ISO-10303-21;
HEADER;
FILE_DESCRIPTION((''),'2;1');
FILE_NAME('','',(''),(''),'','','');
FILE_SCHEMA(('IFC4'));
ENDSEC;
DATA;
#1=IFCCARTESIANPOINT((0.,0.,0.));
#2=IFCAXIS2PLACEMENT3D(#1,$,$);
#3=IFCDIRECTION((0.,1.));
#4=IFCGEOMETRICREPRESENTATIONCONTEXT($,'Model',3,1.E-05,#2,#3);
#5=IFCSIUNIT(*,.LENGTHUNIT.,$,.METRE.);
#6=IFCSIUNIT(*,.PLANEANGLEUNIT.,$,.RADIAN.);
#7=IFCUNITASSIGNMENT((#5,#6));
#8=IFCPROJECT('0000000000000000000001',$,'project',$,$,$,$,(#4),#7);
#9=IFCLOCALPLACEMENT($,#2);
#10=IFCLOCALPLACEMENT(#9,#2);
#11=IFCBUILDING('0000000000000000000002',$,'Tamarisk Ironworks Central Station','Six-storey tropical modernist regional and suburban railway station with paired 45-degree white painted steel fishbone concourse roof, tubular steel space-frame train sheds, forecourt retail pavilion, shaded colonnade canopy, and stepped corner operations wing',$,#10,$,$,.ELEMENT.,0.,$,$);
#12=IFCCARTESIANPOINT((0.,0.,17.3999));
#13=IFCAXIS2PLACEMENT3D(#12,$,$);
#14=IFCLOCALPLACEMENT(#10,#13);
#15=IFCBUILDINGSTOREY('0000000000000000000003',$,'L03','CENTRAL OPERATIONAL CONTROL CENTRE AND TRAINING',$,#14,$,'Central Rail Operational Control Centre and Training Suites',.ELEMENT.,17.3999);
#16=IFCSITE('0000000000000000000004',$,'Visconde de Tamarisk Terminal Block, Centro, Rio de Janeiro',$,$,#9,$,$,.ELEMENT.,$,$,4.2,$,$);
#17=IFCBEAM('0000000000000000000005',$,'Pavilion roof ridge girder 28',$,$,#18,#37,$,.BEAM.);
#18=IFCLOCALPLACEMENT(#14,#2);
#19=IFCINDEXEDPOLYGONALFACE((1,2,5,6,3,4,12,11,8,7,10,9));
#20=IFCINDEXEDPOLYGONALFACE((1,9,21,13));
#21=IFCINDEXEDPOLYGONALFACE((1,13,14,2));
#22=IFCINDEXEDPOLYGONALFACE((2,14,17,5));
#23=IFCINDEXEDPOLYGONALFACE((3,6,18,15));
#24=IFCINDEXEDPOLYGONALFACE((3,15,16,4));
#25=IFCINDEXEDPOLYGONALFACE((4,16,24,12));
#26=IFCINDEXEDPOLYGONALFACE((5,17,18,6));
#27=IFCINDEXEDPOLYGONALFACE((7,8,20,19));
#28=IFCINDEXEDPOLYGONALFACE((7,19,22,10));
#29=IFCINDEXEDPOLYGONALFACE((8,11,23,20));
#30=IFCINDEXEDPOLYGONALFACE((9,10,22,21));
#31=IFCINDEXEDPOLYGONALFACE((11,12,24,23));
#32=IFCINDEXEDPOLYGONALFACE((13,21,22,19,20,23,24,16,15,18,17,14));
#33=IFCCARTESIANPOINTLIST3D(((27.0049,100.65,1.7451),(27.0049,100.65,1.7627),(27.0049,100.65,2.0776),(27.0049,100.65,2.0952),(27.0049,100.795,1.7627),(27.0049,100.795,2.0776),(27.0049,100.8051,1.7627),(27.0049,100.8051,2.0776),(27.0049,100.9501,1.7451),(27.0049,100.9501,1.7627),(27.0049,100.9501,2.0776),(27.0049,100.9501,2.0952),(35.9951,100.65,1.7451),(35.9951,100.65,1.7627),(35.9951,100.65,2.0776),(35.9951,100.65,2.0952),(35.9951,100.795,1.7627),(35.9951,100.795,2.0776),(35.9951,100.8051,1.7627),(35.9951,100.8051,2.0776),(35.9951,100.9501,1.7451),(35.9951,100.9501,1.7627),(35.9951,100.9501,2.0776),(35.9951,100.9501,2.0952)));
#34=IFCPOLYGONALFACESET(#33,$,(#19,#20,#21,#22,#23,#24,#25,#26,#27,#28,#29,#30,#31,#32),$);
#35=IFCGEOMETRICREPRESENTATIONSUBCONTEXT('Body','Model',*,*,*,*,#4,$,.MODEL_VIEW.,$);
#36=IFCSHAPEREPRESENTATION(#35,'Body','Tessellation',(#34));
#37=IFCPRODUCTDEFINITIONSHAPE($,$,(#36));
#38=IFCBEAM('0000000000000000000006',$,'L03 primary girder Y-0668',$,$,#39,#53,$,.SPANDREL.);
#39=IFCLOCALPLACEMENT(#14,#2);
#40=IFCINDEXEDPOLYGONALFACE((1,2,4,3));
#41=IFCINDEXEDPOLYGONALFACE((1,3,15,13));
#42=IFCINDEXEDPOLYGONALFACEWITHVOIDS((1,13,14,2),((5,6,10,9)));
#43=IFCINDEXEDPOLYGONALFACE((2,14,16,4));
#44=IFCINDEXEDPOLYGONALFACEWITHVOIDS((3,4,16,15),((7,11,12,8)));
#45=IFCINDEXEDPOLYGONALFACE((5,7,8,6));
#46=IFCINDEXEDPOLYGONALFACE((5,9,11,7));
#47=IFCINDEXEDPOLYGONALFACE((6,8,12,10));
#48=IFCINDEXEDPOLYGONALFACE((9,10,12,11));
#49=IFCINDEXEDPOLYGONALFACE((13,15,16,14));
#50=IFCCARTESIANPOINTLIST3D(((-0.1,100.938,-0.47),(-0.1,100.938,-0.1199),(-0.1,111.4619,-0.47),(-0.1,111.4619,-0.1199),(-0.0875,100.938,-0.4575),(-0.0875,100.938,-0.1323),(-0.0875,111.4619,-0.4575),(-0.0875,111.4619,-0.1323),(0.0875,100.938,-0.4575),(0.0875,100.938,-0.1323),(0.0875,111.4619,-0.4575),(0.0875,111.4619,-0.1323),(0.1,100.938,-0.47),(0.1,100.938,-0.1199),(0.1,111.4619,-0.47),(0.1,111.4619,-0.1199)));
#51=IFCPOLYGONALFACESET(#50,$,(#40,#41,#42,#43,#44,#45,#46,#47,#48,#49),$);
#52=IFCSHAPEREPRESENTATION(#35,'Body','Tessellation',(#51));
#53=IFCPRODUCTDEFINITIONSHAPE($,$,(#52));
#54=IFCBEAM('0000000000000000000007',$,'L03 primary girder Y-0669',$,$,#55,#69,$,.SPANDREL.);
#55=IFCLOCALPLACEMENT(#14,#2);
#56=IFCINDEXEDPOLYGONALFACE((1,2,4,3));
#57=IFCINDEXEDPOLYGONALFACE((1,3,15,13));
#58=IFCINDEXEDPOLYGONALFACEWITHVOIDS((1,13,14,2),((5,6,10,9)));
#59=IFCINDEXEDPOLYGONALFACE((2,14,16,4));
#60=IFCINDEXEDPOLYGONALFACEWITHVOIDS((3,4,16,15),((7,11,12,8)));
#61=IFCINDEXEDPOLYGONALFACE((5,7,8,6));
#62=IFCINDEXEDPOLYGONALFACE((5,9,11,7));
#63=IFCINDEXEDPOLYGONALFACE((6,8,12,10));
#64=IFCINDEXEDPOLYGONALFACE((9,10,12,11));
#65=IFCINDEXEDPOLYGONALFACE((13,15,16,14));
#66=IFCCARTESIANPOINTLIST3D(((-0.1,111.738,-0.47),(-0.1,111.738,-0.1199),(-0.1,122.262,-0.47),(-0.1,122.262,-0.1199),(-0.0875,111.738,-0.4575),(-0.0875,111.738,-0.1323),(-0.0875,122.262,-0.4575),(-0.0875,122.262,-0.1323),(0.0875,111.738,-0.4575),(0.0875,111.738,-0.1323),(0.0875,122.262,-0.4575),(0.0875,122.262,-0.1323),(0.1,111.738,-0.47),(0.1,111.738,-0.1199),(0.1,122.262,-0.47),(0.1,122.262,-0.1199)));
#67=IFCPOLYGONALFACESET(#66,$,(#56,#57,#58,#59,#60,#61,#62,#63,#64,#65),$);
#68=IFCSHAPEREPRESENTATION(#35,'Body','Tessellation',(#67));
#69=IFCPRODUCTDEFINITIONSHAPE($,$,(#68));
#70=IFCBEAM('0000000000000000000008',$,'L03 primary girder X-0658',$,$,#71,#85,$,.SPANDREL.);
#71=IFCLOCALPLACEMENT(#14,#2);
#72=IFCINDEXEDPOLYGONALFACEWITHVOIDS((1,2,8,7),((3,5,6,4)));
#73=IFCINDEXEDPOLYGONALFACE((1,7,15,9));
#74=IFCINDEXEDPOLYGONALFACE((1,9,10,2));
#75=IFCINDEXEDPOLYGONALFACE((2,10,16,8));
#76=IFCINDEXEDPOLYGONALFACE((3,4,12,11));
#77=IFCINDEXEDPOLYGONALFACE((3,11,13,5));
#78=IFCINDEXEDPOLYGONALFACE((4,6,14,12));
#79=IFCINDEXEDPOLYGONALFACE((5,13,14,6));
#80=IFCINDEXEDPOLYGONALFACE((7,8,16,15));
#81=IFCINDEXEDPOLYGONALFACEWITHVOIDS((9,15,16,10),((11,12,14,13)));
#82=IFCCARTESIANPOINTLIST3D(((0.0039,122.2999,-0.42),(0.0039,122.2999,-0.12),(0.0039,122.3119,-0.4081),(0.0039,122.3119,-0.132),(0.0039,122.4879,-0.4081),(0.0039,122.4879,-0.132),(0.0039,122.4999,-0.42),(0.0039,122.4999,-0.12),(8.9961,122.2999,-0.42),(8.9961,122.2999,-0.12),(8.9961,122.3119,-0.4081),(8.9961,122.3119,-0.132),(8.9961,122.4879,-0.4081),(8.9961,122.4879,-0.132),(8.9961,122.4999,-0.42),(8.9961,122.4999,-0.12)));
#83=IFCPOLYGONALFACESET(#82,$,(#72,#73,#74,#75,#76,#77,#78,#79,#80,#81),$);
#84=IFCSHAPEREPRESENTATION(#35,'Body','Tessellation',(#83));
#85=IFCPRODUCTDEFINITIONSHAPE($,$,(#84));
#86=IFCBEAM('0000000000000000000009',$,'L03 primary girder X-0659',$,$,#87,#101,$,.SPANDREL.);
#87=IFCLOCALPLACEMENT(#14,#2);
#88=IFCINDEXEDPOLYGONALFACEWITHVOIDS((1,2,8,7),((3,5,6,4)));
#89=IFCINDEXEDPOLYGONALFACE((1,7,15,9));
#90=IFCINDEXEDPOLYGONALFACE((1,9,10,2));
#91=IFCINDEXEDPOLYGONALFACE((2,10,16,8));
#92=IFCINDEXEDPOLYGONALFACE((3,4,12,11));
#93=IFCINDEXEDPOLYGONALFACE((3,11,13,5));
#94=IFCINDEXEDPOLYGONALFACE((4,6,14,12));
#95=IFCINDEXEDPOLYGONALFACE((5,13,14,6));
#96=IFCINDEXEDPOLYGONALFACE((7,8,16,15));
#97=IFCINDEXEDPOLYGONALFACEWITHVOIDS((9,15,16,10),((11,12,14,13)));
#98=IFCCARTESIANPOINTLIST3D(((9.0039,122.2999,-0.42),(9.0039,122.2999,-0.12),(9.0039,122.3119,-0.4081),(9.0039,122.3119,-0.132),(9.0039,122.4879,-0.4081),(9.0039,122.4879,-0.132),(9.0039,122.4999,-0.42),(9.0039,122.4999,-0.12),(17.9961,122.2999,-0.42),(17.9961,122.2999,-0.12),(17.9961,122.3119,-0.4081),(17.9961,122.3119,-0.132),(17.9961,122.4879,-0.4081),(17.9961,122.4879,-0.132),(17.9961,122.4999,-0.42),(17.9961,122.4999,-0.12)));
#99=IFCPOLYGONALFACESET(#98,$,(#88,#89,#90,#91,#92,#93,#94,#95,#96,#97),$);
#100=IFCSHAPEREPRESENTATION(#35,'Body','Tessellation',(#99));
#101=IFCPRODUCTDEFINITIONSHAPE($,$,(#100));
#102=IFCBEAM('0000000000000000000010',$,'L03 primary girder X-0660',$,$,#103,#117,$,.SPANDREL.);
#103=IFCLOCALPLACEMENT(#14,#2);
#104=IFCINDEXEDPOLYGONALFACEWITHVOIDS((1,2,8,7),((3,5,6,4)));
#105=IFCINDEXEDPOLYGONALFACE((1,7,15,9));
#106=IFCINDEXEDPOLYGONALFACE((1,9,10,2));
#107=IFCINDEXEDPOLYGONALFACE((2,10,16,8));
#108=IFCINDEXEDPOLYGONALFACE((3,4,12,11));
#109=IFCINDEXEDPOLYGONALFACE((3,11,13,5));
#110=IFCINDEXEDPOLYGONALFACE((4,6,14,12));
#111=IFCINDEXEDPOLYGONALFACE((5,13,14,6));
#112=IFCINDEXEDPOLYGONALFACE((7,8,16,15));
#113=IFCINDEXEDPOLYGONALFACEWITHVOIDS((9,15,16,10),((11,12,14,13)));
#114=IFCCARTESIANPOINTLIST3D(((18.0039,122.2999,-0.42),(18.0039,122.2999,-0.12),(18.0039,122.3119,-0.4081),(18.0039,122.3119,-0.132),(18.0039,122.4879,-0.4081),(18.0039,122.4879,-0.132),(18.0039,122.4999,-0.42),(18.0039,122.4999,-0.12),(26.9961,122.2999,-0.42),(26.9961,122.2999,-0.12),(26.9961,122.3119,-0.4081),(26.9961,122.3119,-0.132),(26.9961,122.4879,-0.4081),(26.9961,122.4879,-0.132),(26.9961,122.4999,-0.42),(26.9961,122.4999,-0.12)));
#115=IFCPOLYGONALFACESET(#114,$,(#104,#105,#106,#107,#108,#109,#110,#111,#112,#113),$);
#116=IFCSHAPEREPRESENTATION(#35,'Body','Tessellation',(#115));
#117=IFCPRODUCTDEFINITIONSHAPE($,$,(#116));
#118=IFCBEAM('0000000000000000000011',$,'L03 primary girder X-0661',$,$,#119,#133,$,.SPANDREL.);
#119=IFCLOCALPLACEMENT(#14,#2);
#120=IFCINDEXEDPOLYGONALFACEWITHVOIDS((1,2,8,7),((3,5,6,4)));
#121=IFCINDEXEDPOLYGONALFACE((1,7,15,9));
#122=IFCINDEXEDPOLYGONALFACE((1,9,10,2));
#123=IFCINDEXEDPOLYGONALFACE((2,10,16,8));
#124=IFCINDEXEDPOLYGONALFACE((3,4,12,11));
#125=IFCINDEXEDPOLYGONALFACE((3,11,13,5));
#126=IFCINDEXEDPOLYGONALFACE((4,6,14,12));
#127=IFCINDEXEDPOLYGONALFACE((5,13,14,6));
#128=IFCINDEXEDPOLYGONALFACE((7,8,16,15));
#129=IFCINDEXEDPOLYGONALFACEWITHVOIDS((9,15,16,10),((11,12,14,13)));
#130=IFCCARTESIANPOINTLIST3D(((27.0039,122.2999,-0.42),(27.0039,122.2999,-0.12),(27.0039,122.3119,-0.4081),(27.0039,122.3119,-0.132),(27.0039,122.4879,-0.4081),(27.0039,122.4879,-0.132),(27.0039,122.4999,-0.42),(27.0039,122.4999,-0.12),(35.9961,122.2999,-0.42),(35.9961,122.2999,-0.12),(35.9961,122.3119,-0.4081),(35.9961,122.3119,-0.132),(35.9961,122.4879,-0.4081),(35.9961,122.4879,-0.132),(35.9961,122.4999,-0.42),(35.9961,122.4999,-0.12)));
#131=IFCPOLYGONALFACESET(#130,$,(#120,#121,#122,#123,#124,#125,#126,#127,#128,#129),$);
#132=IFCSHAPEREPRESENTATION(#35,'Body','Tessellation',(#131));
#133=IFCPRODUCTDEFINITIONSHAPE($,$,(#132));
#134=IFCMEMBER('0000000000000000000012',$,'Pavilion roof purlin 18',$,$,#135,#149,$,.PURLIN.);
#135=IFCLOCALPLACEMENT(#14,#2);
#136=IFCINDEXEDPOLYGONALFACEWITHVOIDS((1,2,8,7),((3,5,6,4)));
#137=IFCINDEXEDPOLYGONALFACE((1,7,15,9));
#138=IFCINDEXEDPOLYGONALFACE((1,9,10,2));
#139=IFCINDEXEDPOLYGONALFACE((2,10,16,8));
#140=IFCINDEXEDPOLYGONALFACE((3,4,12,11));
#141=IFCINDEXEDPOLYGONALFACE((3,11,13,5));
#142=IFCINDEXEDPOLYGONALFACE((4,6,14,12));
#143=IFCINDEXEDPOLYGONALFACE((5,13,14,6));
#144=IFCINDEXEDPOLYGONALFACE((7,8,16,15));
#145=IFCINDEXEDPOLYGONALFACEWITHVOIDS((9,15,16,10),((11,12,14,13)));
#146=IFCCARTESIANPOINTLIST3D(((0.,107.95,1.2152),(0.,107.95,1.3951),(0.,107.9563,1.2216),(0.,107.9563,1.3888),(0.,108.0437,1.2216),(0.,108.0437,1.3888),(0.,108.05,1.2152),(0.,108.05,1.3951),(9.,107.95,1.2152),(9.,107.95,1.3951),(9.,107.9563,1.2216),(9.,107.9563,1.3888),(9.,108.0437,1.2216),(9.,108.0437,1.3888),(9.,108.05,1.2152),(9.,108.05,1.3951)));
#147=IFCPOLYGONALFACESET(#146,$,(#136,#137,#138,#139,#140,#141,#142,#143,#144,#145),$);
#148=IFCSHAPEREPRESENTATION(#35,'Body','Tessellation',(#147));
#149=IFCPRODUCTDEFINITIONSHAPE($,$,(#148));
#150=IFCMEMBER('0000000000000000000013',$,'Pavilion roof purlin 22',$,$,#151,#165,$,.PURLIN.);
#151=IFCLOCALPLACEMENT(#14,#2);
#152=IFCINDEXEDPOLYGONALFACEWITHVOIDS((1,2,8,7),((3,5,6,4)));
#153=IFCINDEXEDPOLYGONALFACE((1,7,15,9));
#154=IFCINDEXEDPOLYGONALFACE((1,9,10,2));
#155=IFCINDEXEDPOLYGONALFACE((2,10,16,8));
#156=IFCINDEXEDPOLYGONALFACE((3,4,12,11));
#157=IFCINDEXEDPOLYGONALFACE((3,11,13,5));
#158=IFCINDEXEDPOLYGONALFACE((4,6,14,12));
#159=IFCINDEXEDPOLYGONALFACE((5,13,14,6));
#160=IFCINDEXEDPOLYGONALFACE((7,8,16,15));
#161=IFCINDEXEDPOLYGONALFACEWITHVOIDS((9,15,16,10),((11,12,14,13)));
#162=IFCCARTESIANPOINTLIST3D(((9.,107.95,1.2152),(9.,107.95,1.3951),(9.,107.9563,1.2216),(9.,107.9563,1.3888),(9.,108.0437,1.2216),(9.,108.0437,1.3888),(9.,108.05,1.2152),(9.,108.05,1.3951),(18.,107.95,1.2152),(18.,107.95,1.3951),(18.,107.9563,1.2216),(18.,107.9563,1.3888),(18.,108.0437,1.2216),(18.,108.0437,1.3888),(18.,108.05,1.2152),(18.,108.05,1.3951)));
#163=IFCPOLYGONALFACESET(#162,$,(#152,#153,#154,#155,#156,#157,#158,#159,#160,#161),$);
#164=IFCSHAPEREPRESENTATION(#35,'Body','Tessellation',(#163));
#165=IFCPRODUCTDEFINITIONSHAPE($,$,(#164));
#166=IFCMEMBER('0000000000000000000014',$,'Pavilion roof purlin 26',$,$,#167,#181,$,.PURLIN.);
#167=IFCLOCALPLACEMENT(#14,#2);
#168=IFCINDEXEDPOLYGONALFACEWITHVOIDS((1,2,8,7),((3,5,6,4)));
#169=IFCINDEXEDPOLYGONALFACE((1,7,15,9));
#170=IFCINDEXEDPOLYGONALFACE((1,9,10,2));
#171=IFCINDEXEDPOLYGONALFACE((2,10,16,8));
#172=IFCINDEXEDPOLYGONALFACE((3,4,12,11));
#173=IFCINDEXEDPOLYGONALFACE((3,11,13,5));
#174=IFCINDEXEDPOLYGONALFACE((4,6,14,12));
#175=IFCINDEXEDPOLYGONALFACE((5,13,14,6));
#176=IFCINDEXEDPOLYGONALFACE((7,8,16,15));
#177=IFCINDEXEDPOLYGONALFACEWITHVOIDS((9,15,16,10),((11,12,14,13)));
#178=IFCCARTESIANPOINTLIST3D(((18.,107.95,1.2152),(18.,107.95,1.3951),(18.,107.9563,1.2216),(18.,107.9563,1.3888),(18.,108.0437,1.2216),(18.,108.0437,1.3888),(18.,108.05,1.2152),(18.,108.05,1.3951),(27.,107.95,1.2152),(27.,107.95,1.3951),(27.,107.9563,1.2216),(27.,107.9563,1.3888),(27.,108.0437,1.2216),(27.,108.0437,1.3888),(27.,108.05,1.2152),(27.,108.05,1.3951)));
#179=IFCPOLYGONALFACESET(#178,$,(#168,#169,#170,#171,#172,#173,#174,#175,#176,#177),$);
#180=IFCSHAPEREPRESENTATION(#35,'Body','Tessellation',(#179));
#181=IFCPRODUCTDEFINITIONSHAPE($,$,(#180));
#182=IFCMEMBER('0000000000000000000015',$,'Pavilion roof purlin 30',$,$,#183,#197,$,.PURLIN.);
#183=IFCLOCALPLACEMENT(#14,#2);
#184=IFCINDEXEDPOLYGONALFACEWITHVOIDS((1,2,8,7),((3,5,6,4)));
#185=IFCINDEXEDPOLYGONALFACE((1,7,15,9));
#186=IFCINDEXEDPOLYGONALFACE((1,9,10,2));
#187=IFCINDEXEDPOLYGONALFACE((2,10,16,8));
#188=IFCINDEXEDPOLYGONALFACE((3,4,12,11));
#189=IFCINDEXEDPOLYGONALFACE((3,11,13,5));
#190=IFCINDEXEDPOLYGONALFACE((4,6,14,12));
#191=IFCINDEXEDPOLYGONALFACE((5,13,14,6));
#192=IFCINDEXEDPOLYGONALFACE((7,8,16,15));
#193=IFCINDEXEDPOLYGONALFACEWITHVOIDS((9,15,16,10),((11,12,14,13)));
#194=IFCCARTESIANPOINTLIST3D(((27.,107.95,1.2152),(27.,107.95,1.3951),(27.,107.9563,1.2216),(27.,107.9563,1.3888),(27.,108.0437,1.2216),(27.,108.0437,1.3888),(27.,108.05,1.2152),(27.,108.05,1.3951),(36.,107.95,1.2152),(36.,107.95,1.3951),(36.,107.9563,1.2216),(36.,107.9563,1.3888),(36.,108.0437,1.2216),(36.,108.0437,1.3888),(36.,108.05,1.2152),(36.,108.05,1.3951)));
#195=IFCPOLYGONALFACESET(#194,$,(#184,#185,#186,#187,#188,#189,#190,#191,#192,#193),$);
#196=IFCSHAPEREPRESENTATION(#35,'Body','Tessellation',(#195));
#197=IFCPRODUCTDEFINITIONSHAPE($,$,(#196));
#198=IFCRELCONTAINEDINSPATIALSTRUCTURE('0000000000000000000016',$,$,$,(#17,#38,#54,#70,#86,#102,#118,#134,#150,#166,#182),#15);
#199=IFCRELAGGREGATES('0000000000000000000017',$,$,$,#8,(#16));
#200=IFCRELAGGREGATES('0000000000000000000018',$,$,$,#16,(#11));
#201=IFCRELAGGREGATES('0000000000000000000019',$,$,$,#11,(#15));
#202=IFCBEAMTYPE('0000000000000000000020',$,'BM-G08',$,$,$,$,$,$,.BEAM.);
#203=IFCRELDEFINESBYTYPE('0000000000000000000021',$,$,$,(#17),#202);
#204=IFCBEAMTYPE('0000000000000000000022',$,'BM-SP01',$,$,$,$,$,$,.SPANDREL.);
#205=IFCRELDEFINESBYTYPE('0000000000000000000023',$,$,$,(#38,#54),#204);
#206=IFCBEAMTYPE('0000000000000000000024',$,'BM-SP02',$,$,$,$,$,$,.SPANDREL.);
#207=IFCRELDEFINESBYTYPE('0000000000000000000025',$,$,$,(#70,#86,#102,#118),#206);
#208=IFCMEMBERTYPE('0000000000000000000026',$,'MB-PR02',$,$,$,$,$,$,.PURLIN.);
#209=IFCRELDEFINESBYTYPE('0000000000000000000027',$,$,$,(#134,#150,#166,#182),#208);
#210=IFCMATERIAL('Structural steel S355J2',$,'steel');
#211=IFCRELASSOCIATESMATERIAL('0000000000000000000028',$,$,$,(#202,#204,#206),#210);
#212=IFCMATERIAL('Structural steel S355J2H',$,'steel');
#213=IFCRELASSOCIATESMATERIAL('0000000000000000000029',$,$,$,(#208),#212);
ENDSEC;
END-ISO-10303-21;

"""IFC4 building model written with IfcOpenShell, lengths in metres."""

from ifc_helpers import new_model, si_unit, direction, frame, origin, origin_2d, place, context, subcontext, project, spatial, hollow_rectangle, i_section, extrude, material, material_profile, profile_set, type_object, element, save


model = new_model("IFC4")

# Units and contexts
model_context = context("Model", 3, precision=1e-05, world=origin(), true_north=direction((0.0, 1.0)))
body_context = subcontext(model_context, "Body", "Model", "MODEL_VIEW")
ifc_project = project(units=[si_unit("LENGTHUNIT", "METRE"), si_unit("PLANEANGLEUNIT", "RADIAN")], contexts=[model_context])

# Site, building, storey
site_placement = place(None, origin())
site = spatial("IfcSite", under=ifc_project, at=site_placement, Name="Visconde de Tamarisk Terminal Block, Centro, Rio de Janeiro", CompositionType="ELEMENT", RefElevation=4.2)
building_placement = place(site_placement, origin())
building = spatial("IfcBuilding", under=site, at=building_placement, Name="Tamarisk Ironworks Central Station", Description="Six-storey tropical modernist regional and suburban railway station with paired 45-degree white painted steel fishbone concourse roof, tubular steel space-frame train sheds, forecourt retail pavilion, shaded colonnade canopy, and stepped corner operations wing", CompositionType="ELEMENT", ElevationOfRefHeight=0.0)
storey_placement = place(building_placement, frame((0.0, 0.0, 17.3999)))
storey = spatial("IfcBuildingStorey", under=building, at=storey_placement, Name="L03", Description="CENTRAL OPERATIONAL CONTROL CENTRE AND TRAINING", LongName="Central Rail Operational Control Centre and Training Suites", CompositionType="ELEMENT", Elevation=17.3999)

# Beams
ifc_material_1 = material(Name="Structural steel S355J2", Category="steel")
ifc_material_profile_1 = material_profile(ifc_material_1, i_section(OverallWidth=0.3, OverallDepth=0.3501, WebThickness=0.01, FlangeThickness=0.0176, at=origin_2d()), Name="HEA 360")
ifc_profile_set_1 = profile_set([ifc_material_profile_1], Name="Structural steel S355J2")
beam_type_1 = type_object("IfcBeamType", Name="BM-G08", PredefinedType="BEAM", material=ifc_profile_set_1)
beam_1_placement = place(storey_placement, frame((27.0049, 100.8, 1.9202), z_axis=(1.0, 0.0, 0.0), x_axis=(0.0, 1.0, 0.0)))
element("IfcBeam", 1, at=beam_1_placement, inside=storey, type_object=beam_type_1, Name="Pavilion roof ridge girder 28", PredefinedType="BEAM", context=body_context, shape_type="SweptSolid", body=[
    extrude(i_section(OverallWidth=0.3, OverallDepth=0.3501, WebThickness=0.01, FlangeThickness=0.0176, at=origin_2d()), origin(), (0.0, 0.0, 1.0), 8.9902),
])
ifc_material_profile_2 = material_profile(ifc_material_1, hollow_rectangle(XDim=0.2, YDim=0.3501, WallThickness=0.0125, at=origin_2d()), Name="RHS 350x200x12.5")
ifc_profile_set_2 = profile_set([ifc_material_profile_2], Name="Structural steel S355J2")
beam_type_2 = type_object("IfcBeamType", Name="BM-SP01", PredefinedType="SPANDREL", material=ifc_profile_set_2)
for number, where, z_axis, x_axis, name in (
    (2, (0.0, 100.938, -0.2949), (0.0, 1.0, 0.0), (-1.0, 0.0, 0.0), "L03 primary girder Y-0668"),
    (3, (0.0, 111.738, -0.2949), (0.0, 1.0, 0.0), (-1.0, 0.0, 0.0), "L03 primary girder Y-0669"),
):
    element("IfcBeam", number, at=place(storey_placement, frame(where, z_axis=z_axis, x_axis=x_axis)), inside=storey, type_object=beam_type_2, Name=name, PredefinedType="SPANDREL", context=body_context, shape_type="SweptSolid", body=[
        extrude(hollow_rectangle(XDim=0.2, YDim=0.3501, WallThickness=0.0125, at=origin_2d()), origin(), (0.0, 0.0, 1.0), 10.5239),
    ])
ifc_material_profile_3 = material_profile(ifc_material_1, hollow_rectangle(XDim=0.2, YDim=0.3, WallThickness=0.012, at=origin_2d()), Name="RHS 300x200x12")
ifc_profile_set_3 = profile_set([ifc_material_profile_3], Name="Structural steel S355J2")
beam_type_3 = type_object("IfcBeamType", Name="BM-SP02", PredefinedType="SPANDREL", material=ifc_profile_set_3)
for number, where, z_axis, x_axis, name in (
    (4, (0.0039, 122.3999, -0.27), (1.0, 0.0, 0.0), (0.0, 1.0, 0.0), "L03 primary girder X-0658"),
    (5, (9.0039, 122.3999, -0.27), (1.0, 0.0, 0.0), (0.0, 1.0, 0.0), "L03 primary girder X-0659"),
    (6, (18.0039, 122.3999, -0.27), (1.0, 0.0, 0.0), (0.0, 1.0, 0.0), "L03 primary girder X-0660"),
    (7, (27.0039, 122.3999, -0.27), (1.0, 0.0, 0.0), (0.0, 1.0, 0.0), "L03 primary girder X-0661"),
):
    element("IfcBeam", number, at=place(storey_placement, frame(where, z_axis=z_axis, x_axis=x_axis)), inside=storey, type_object=beam_type_3, Name=name, PredefinedType="SPANDREL", context=body_context, shape_type="SweptSolid", body=[
        extrude(hollow_rectangle(XDim=0.2, YDim=0.3, WallThickness=0.012, at=origin_2d()), origin(), (0.0, 0.0, 1.0), 8.9922),
    ])

# Members
ifc_material_2 = material(Name="Structural steel S355J2H", Category="steel")
ifc_material_profile_4 = material_profile(ifc_material_2, hollow_rectangle(XDim=0.1001, YDim=0.1799, WallThickness=0.0063, at=origin_2d()), Name="RHS 180x100x6.3")
ifc_profile_set_4 = profile_set([ifc_material_profile_4], Name="Structural steel S355J2H")
member_type_1 = type_object("IfcMemberType", Name="MB-PR02", PredefinedType="PURLIN", material=ifc_profile_set_4)
for number, where, z_axis, x_axis, name in (
    (8, (0.0, 108.0, 1.3052), (1.0, 0.0, 0.0), (0.0, 1.0, 0.0), "Pavilion roof purlin 18"),
    (9, (9.0, 108.0, 1.3052), (1.0, 0.0, 0.0), (0.0, 1.0, 0.0), "Pavilion roof purlin 22"),
    (10, (18.0, 108.0, 1.3052), (1.0, 0.0, 0.0), (0.0, 1.0, 0.0), "Pavilion roof purlin 26"),
    (11, (27.0, 108.0, 1.3052), (1.0, 0.0, 0.0), (0.0, 1.0, 0.0), "Pavilion roof purlin 30"),
):
    element("IfcMember", number, at=place(storey_placement, frame(where, z_axis=z_axis, x_axis=x_axis)), inside=storey, type_object=member_type_1, Name=name, PredefinedType="PURLIN", context=body_context, shape_type="SweptSolid", body=[
        extrude(hollow_rectangle(XDim=0.1001, YDim=0.1799, WallThickness=0.0063, at=origin_2d()), origin(), (0.0, 0.0, 1.0), 9.0),
    ])

save(model, "model.ifc")
